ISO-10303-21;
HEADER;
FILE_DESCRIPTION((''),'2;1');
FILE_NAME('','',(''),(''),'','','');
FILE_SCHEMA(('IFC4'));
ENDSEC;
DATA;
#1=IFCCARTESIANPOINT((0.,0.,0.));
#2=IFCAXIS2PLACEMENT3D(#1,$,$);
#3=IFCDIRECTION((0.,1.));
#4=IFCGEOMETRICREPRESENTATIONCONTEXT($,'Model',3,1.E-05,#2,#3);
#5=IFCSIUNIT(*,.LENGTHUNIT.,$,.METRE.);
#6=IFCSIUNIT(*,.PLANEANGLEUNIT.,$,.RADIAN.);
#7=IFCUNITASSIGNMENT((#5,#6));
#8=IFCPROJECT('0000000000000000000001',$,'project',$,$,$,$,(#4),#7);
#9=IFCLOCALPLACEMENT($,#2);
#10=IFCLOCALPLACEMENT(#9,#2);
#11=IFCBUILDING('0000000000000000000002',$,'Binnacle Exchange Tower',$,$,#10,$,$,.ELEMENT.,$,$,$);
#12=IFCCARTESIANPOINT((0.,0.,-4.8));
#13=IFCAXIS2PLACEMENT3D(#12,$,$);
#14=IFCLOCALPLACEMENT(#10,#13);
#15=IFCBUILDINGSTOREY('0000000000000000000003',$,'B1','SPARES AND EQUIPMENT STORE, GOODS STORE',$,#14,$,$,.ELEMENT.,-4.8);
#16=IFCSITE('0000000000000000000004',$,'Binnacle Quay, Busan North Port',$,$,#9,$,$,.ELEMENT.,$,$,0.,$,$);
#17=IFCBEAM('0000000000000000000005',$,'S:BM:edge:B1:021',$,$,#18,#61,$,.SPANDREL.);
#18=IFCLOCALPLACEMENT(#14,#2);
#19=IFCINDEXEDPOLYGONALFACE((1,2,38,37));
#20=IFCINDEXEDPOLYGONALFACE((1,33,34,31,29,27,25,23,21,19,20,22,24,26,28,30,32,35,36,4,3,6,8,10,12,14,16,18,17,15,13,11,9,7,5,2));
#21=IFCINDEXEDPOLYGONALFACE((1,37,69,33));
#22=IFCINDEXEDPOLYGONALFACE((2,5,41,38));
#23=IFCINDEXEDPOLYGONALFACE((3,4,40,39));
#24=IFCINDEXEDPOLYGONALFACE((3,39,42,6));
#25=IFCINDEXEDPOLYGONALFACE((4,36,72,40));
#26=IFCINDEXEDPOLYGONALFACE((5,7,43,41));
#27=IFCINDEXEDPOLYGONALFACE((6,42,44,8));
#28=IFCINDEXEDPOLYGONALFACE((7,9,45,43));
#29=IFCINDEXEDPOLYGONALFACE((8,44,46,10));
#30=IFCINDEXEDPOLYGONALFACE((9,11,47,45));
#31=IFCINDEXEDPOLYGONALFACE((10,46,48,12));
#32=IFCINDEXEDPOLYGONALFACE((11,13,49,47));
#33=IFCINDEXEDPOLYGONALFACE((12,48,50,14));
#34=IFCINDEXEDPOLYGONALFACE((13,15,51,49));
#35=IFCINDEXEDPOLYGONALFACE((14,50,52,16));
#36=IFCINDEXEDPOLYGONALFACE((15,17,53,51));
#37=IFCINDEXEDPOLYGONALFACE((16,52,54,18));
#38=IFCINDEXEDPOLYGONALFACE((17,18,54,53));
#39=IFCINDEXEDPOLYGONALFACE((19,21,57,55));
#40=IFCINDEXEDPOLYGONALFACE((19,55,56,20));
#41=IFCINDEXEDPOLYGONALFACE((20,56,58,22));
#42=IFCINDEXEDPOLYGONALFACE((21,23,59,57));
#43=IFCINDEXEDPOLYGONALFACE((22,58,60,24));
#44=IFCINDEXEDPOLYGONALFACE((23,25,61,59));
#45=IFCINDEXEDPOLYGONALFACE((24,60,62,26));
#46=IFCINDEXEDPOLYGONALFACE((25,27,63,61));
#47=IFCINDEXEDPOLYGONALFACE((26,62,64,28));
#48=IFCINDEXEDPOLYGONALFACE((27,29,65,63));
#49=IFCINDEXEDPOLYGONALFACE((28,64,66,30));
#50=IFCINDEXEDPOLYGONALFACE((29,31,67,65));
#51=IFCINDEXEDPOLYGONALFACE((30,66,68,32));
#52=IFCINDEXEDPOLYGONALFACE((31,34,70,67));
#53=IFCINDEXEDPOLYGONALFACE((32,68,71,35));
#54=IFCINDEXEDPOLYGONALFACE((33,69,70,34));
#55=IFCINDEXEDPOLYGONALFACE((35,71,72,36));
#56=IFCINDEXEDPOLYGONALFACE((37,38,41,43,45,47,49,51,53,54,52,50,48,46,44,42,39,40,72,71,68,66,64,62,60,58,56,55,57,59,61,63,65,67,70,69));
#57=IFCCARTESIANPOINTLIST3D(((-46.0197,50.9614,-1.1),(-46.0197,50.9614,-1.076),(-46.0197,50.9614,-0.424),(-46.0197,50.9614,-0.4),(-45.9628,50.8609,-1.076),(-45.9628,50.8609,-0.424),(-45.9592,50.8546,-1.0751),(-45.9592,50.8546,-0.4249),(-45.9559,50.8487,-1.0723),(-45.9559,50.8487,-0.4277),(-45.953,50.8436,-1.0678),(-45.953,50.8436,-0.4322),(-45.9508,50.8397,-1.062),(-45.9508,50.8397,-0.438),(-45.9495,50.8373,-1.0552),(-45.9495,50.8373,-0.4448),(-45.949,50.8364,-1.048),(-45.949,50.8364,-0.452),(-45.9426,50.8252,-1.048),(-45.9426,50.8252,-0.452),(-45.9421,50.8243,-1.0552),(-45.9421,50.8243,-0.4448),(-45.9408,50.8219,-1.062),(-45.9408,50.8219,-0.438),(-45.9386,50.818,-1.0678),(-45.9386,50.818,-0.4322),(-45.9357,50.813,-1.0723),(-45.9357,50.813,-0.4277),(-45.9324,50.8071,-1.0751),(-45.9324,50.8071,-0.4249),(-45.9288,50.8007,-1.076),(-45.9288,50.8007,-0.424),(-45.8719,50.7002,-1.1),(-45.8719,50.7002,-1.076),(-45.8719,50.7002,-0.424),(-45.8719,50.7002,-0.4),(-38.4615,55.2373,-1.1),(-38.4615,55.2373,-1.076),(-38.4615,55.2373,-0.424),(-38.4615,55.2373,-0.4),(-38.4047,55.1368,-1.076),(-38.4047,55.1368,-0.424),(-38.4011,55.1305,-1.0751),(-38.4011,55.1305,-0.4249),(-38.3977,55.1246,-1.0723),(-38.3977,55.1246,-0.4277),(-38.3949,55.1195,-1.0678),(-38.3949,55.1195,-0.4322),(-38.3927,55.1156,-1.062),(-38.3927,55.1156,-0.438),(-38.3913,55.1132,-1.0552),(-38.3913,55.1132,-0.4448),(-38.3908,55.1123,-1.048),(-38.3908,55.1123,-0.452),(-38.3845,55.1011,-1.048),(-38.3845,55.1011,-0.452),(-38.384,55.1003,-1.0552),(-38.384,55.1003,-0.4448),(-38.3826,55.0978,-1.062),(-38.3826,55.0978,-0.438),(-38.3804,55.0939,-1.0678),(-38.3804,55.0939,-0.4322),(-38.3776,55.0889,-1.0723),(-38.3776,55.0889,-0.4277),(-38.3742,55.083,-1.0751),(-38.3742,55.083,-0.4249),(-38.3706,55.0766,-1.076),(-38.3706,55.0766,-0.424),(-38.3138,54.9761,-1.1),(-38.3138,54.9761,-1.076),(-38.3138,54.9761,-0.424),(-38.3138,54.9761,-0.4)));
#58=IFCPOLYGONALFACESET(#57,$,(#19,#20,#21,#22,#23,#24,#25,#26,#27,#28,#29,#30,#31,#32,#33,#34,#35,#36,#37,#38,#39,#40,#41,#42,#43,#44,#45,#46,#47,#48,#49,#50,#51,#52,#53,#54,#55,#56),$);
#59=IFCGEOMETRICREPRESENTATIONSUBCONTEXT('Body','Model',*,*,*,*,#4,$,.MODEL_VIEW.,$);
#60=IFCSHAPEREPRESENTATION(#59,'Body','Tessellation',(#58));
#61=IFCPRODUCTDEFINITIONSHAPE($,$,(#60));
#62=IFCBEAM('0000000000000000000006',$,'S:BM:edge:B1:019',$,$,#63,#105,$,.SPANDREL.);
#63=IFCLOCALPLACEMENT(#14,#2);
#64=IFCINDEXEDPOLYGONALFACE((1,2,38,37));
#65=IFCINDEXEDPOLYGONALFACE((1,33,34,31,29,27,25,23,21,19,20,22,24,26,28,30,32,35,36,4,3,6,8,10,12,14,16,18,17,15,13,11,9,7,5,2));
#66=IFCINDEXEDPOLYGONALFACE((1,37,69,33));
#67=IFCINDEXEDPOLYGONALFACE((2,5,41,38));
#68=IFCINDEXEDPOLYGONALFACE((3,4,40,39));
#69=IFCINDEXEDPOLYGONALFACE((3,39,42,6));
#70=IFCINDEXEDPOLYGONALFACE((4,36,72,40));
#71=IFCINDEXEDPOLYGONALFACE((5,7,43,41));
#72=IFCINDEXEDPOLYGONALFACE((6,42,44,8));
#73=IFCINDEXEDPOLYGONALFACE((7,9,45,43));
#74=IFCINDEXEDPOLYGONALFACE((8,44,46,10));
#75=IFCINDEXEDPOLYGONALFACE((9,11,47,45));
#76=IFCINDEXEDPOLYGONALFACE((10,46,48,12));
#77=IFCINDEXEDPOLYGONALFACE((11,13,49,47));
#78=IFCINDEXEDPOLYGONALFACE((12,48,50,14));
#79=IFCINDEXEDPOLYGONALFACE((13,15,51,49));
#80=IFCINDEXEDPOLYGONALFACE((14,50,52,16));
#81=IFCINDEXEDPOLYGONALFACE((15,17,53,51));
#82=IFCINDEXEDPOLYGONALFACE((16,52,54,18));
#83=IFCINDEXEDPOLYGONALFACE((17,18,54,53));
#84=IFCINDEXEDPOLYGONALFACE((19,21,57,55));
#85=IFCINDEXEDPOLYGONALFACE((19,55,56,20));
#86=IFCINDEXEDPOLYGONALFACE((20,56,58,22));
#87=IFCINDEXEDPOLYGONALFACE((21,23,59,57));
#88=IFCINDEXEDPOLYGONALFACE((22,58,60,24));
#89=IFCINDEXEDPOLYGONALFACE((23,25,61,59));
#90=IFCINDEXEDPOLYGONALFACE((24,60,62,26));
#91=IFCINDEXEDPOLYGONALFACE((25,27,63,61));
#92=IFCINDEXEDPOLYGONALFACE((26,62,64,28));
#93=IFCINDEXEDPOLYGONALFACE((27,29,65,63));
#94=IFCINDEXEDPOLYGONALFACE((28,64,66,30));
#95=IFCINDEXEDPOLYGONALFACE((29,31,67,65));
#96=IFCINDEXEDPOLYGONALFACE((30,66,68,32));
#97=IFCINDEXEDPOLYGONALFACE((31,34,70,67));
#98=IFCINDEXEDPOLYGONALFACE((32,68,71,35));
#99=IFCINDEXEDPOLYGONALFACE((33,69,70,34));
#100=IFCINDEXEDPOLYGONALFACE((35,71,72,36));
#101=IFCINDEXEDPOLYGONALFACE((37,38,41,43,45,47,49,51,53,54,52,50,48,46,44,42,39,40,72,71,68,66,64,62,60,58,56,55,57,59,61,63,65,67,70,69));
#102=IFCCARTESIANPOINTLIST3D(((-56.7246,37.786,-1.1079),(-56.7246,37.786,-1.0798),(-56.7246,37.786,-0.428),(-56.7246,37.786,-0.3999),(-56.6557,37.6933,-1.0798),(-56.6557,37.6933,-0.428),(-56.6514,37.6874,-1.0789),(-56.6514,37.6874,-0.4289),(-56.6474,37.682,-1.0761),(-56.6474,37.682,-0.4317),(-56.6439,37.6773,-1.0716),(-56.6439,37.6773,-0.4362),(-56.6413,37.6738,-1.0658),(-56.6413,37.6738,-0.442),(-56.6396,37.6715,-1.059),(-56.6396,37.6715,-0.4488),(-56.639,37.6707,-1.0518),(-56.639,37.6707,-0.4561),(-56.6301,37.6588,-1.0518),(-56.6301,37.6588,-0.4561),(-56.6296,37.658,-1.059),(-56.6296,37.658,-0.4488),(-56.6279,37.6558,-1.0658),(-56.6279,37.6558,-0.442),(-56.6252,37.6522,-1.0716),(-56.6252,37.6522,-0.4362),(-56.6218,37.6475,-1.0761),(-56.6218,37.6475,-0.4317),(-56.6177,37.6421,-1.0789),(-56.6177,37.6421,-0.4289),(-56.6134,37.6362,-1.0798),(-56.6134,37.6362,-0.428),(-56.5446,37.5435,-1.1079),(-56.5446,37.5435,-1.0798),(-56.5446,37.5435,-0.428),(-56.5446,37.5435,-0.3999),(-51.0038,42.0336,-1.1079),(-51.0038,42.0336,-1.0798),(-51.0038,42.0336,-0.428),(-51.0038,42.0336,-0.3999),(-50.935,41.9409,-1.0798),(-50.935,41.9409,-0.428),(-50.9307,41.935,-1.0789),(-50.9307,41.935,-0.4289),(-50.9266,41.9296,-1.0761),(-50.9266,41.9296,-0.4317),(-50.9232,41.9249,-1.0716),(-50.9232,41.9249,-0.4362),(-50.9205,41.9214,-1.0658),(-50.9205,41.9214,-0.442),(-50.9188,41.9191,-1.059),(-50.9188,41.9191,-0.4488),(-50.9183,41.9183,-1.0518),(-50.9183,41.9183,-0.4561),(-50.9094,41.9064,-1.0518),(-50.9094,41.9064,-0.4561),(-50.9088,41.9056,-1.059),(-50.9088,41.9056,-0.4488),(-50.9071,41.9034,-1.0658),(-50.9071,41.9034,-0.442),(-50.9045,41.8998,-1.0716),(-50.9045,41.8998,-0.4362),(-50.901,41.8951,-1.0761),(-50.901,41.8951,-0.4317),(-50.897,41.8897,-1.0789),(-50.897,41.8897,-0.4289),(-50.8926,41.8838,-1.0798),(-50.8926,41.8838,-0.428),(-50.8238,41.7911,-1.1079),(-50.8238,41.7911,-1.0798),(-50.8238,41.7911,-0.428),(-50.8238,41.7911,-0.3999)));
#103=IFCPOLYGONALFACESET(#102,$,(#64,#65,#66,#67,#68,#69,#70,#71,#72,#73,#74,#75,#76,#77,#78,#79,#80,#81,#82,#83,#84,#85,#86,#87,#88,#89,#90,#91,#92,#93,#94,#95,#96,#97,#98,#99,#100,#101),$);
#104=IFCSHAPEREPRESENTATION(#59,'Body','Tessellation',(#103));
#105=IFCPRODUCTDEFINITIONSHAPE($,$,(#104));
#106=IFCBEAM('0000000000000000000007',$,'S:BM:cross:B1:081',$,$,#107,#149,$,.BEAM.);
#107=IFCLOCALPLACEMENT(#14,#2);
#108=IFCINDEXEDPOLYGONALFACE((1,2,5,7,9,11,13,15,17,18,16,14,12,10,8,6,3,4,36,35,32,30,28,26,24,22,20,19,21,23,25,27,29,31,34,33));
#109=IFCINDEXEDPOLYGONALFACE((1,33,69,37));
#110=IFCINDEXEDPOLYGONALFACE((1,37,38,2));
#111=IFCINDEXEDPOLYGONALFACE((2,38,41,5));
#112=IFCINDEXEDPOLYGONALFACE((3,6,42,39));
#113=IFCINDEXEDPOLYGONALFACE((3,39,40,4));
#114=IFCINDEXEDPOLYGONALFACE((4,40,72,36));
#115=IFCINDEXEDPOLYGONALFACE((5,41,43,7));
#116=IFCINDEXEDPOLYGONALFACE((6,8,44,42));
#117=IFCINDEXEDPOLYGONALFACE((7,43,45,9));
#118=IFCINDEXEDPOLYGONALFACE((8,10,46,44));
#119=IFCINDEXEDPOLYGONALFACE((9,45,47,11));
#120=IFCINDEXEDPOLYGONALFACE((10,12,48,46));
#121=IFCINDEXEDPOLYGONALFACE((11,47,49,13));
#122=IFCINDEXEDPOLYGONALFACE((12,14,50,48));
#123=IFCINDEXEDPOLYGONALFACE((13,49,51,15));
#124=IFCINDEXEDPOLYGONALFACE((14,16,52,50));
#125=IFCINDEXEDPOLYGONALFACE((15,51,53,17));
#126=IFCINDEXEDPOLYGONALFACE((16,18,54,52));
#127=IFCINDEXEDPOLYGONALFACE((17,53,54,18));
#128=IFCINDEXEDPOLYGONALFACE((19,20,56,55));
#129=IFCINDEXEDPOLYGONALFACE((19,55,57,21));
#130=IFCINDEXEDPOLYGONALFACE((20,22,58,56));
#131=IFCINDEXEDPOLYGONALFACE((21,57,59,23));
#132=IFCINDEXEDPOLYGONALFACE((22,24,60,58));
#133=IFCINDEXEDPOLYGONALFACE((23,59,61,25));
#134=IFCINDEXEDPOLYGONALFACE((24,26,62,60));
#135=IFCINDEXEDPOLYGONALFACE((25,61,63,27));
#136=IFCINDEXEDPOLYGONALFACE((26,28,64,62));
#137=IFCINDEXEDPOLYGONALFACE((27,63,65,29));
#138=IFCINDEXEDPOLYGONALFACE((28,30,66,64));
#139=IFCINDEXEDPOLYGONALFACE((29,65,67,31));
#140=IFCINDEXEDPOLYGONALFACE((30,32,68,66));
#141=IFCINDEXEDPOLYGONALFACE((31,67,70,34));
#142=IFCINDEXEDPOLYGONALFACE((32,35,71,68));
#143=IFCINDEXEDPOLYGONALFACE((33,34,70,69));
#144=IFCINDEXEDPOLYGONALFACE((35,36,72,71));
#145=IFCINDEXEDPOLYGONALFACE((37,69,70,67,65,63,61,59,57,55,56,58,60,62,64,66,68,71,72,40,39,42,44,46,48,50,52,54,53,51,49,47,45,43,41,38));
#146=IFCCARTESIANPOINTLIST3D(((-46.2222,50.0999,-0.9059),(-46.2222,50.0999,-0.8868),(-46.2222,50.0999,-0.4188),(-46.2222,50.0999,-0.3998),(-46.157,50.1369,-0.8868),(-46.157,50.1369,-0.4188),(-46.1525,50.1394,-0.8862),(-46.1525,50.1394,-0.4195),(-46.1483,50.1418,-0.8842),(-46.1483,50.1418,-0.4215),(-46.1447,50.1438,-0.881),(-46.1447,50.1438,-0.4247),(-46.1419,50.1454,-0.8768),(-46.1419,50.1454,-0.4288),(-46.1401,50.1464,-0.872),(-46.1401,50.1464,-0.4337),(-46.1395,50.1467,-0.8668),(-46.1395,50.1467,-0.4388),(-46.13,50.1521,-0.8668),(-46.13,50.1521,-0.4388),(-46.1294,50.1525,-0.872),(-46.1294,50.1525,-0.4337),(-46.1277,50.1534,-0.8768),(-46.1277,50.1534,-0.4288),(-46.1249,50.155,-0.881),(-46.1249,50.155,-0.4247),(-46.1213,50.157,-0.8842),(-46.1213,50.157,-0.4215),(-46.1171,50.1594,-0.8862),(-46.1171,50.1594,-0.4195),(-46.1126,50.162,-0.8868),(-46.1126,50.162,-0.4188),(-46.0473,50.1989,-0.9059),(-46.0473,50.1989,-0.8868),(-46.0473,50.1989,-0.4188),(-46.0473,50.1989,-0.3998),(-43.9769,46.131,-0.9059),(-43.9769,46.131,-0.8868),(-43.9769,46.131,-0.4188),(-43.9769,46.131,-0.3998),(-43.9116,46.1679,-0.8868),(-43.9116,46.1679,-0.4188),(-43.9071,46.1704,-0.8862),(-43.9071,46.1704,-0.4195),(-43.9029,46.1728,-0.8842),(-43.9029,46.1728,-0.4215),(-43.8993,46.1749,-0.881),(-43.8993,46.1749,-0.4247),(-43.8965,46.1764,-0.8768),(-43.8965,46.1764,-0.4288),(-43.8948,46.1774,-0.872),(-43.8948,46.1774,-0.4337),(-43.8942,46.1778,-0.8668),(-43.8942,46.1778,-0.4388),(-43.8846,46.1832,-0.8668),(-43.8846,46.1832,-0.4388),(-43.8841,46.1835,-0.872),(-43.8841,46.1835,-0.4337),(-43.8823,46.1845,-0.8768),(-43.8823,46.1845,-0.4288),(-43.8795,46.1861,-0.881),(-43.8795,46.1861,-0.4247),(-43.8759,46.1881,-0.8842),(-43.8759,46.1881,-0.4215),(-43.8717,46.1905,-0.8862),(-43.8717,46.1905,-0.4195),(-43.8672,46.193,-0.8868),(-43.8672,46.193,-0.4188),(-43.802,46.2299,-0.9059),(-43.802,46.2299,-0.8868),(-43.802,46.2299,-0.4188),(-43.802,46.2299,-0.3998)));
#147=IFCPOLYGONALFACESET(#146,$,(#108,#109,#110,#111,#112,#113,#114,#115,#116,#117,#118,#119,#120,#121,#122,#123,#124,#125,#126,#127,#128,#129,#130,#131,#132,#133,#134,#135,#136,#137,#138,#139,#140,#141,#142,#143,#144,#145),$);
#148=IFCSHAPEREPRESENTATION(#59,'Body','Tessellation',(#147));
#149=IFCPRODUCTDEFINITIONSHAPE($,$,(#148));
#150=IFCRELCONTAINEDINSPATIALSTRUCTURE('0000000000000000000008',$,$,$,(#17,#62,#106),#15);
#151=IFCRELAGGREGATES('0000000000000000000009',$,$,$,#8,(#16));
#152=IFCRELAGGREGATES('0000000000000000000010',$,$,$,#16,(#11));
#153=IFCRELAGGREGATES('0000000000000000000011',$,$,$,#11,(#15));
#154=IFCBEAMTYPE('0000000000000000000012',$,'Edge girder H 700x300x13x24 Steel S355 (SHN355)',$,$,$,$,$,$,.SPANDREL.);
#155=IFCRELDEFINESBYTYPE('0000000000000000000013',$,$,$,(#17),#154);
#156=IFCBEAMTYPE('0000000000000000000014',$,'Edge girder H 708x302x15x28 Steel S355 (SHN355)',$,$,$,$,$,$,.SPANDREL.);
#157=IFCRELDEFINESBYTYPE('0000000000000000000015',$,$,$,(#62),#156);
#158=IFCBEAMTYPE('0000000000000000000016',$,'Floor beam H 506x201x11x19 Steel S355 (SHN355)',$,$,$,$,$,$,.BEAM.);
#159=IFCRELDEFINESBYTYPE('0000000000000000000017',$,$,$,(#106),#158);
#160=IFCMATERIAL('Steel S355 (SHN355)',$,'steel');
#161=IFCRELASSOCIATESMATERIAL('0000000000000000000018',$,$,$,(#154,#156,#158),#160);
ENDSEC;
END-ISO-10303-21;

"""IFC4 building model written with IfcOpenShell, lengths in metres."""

from ifc_helpers import new_model, si_unit, direction, frame, origin, origin_2d, place, context, subcontext, project, spatial, i_section, extrude, material, material_profile, profile_set, type_object, element, save


model = new_model("IFC4")

# Units and contexts
model_context = context("Model", 3, precision=1e-05, world=origin(), true_north=direction((0.0, 1.0)))
body_context = subcontext(model_context, "Body", "Model", "MODEL_VIEW")
ifc_project = project(units=[si_unit("LENGTHUNIT", "METRE"), si_unit("PLANEANGLEUNIT", "RADIAN")], contexts=[model_context])

# Site, building, storey
site_placement = place(None, origin())
site = spatial("IfcSite", under=ifc_project, at=site_placement, Name="Binnacle Quay, Busan North Port", CompositionType="ELEMENT", RefElevation=0.0)
building_placement = place(site_placement, origin())
building = spatial("IfcBuilding", under=site, at=building_placement, Name="Binnacle Exchange Tower", CompositionType="ELEMENT")
storey_placement = place(building_placement, frame((0.0, 0.0, -4.8)))
storey = spatial("IfcBuildingStorey", under=building, at=storey_placement, Name="B1", Description="SPARES AND EQUIPMENT STORE, GOODS STORE", CompositionType="ELEMENT", Elevation=-4.8)

# Beams
ifc_material_1 = material(Name="Steel S355 (SHN355)", Category="steel")
ifc_material_profile_1 = material_profile(ifc_material_1, i_section(OverallWidth=0.3, OverallDepth=0.7, WebThickness=0.0129, FlangeThickness=0.0239, FilletRadius=0.0281, at=origin_2d()), Name="H 700x300x13x24")
ifc_profile_set_1 = profile_set([ifc_material_profile_1], Name="Steel S355 (SHN355)")
beam_type_1 = type_object("IfcBeamType", Name="Edge girder H 700x300x13x24 Steel S355 (SHN355)", PredefinedType="SPANDREL", material=ifc_profile_set_1)
beam_1_placement = place(storey_placement, frame((-45.9458, 50.8308, -0.75), z_axis=(0.87037, 0.492398, 0.0), x_axis=(-0.492398, 0.87037, 0.0)))
element("IfcBeam", 1, at=beam_1_placement, inside=storey, type_object=beam_type_1, Name="S:BM:edge:B1:021", PredefinedType="SPANDREL", context=body_context, shape_type="SweptSolid", body=[
    extrude(i_section(OverallWidth=0.3, OverallDepth=0.7, WebThickness=0.0129, FlangeThickness=0.0239, FilletRadius=0.0281, at=origin_2d()), origin(), (0.0, 0.0, 1.0), 8.6838),
])
ifc_material_profile_2 = material_profile(ifc_material_1, i_section(OverallWidth=0.302, OverallDepth=0.708, WebThickness=0.0149, FlangeThickness=0.0281, FilletRadius=0.0281, at=origin_2d()), Name="H 708x302x15x28")
ifc_profile_set_2 = profile_set([ifc_material_profile_2], Name="Steel S355 (SHN355)")
beam_type_2 = type_object("IfcBeamType", Name="Edge girder H 708x302x15x28 Steel S355 (SHN355)", PredefinedType="SPANDREL", material=ifc_profile_set_2)
beam_2_placement = place(storey_placement, frame((-50.9138, 41.9124, -0.7539), z_axis=(-0.802885, -0.596133, 0.0), x_axis=(0.596133, -0.802885, 0.0)))
element("IfcBeam", 2, at=beam_2_placement, inside=storey, type_object=beam_type_2, Name="S:BM:edge:B1:019", PredefinedType="SPANDREL", context=body_context, shape_type="SweptSolid", body=[
    extrude(i_section(OverallWidth=0.302, OverallDepth=0.708, WebThickness=0.0149, FlangeThickness=0.0281, FilletRadius=0.0281, at=origin_2d()), origin(), (0.0, 0.0, 1.0), 7.1252),
])
ifc_material_profile_3 = material_profile(ifc_material_1, i_section(OverallWidth=0.2009, OverallDepth=0.5061, WebThickness=0.011, FlangeThickness=0.019, FilletRadius=0.02, at=origin_2d()), Name="H 506x201x11x19")
ifc_profile_set_3 = profile_set([ifc_material_profile_3], Name="Steel S355 (SHN355)")
beam_type_3 = type_object("IfcBeamType", Name="Floor beam H 506x201x11x19 Steel S355 (SHN355)", PredefinedType="BEAM", material=ifc_profile_set_3)
beam_3_placement = place(storey_placement, frame((-46.1348, 50.1494, -0.6528), z_axis=(0.492392, -0.870373, 0.0), x_axis=(0.870373, 0.492392, 0.0)))
element("IfcBeam", 3, at=beam_3_placement, inside=storey, type_object=beam_type_3, Name="S:BM:cross:B1:081", PredefinedType="BEAM", context=body_context, shape_type="SweptSolid", body=[
    extrude(i_section(OverallWidth=0.2009, OverallDepth=0.5061, WebThickness=0.011, FlangeThickness=0.019, FilletRadius=0.02, at=origin_2d()), origin(), (0.0, 0.0, 1.0), 4.5601),
])

save(model, "model.ifc")
